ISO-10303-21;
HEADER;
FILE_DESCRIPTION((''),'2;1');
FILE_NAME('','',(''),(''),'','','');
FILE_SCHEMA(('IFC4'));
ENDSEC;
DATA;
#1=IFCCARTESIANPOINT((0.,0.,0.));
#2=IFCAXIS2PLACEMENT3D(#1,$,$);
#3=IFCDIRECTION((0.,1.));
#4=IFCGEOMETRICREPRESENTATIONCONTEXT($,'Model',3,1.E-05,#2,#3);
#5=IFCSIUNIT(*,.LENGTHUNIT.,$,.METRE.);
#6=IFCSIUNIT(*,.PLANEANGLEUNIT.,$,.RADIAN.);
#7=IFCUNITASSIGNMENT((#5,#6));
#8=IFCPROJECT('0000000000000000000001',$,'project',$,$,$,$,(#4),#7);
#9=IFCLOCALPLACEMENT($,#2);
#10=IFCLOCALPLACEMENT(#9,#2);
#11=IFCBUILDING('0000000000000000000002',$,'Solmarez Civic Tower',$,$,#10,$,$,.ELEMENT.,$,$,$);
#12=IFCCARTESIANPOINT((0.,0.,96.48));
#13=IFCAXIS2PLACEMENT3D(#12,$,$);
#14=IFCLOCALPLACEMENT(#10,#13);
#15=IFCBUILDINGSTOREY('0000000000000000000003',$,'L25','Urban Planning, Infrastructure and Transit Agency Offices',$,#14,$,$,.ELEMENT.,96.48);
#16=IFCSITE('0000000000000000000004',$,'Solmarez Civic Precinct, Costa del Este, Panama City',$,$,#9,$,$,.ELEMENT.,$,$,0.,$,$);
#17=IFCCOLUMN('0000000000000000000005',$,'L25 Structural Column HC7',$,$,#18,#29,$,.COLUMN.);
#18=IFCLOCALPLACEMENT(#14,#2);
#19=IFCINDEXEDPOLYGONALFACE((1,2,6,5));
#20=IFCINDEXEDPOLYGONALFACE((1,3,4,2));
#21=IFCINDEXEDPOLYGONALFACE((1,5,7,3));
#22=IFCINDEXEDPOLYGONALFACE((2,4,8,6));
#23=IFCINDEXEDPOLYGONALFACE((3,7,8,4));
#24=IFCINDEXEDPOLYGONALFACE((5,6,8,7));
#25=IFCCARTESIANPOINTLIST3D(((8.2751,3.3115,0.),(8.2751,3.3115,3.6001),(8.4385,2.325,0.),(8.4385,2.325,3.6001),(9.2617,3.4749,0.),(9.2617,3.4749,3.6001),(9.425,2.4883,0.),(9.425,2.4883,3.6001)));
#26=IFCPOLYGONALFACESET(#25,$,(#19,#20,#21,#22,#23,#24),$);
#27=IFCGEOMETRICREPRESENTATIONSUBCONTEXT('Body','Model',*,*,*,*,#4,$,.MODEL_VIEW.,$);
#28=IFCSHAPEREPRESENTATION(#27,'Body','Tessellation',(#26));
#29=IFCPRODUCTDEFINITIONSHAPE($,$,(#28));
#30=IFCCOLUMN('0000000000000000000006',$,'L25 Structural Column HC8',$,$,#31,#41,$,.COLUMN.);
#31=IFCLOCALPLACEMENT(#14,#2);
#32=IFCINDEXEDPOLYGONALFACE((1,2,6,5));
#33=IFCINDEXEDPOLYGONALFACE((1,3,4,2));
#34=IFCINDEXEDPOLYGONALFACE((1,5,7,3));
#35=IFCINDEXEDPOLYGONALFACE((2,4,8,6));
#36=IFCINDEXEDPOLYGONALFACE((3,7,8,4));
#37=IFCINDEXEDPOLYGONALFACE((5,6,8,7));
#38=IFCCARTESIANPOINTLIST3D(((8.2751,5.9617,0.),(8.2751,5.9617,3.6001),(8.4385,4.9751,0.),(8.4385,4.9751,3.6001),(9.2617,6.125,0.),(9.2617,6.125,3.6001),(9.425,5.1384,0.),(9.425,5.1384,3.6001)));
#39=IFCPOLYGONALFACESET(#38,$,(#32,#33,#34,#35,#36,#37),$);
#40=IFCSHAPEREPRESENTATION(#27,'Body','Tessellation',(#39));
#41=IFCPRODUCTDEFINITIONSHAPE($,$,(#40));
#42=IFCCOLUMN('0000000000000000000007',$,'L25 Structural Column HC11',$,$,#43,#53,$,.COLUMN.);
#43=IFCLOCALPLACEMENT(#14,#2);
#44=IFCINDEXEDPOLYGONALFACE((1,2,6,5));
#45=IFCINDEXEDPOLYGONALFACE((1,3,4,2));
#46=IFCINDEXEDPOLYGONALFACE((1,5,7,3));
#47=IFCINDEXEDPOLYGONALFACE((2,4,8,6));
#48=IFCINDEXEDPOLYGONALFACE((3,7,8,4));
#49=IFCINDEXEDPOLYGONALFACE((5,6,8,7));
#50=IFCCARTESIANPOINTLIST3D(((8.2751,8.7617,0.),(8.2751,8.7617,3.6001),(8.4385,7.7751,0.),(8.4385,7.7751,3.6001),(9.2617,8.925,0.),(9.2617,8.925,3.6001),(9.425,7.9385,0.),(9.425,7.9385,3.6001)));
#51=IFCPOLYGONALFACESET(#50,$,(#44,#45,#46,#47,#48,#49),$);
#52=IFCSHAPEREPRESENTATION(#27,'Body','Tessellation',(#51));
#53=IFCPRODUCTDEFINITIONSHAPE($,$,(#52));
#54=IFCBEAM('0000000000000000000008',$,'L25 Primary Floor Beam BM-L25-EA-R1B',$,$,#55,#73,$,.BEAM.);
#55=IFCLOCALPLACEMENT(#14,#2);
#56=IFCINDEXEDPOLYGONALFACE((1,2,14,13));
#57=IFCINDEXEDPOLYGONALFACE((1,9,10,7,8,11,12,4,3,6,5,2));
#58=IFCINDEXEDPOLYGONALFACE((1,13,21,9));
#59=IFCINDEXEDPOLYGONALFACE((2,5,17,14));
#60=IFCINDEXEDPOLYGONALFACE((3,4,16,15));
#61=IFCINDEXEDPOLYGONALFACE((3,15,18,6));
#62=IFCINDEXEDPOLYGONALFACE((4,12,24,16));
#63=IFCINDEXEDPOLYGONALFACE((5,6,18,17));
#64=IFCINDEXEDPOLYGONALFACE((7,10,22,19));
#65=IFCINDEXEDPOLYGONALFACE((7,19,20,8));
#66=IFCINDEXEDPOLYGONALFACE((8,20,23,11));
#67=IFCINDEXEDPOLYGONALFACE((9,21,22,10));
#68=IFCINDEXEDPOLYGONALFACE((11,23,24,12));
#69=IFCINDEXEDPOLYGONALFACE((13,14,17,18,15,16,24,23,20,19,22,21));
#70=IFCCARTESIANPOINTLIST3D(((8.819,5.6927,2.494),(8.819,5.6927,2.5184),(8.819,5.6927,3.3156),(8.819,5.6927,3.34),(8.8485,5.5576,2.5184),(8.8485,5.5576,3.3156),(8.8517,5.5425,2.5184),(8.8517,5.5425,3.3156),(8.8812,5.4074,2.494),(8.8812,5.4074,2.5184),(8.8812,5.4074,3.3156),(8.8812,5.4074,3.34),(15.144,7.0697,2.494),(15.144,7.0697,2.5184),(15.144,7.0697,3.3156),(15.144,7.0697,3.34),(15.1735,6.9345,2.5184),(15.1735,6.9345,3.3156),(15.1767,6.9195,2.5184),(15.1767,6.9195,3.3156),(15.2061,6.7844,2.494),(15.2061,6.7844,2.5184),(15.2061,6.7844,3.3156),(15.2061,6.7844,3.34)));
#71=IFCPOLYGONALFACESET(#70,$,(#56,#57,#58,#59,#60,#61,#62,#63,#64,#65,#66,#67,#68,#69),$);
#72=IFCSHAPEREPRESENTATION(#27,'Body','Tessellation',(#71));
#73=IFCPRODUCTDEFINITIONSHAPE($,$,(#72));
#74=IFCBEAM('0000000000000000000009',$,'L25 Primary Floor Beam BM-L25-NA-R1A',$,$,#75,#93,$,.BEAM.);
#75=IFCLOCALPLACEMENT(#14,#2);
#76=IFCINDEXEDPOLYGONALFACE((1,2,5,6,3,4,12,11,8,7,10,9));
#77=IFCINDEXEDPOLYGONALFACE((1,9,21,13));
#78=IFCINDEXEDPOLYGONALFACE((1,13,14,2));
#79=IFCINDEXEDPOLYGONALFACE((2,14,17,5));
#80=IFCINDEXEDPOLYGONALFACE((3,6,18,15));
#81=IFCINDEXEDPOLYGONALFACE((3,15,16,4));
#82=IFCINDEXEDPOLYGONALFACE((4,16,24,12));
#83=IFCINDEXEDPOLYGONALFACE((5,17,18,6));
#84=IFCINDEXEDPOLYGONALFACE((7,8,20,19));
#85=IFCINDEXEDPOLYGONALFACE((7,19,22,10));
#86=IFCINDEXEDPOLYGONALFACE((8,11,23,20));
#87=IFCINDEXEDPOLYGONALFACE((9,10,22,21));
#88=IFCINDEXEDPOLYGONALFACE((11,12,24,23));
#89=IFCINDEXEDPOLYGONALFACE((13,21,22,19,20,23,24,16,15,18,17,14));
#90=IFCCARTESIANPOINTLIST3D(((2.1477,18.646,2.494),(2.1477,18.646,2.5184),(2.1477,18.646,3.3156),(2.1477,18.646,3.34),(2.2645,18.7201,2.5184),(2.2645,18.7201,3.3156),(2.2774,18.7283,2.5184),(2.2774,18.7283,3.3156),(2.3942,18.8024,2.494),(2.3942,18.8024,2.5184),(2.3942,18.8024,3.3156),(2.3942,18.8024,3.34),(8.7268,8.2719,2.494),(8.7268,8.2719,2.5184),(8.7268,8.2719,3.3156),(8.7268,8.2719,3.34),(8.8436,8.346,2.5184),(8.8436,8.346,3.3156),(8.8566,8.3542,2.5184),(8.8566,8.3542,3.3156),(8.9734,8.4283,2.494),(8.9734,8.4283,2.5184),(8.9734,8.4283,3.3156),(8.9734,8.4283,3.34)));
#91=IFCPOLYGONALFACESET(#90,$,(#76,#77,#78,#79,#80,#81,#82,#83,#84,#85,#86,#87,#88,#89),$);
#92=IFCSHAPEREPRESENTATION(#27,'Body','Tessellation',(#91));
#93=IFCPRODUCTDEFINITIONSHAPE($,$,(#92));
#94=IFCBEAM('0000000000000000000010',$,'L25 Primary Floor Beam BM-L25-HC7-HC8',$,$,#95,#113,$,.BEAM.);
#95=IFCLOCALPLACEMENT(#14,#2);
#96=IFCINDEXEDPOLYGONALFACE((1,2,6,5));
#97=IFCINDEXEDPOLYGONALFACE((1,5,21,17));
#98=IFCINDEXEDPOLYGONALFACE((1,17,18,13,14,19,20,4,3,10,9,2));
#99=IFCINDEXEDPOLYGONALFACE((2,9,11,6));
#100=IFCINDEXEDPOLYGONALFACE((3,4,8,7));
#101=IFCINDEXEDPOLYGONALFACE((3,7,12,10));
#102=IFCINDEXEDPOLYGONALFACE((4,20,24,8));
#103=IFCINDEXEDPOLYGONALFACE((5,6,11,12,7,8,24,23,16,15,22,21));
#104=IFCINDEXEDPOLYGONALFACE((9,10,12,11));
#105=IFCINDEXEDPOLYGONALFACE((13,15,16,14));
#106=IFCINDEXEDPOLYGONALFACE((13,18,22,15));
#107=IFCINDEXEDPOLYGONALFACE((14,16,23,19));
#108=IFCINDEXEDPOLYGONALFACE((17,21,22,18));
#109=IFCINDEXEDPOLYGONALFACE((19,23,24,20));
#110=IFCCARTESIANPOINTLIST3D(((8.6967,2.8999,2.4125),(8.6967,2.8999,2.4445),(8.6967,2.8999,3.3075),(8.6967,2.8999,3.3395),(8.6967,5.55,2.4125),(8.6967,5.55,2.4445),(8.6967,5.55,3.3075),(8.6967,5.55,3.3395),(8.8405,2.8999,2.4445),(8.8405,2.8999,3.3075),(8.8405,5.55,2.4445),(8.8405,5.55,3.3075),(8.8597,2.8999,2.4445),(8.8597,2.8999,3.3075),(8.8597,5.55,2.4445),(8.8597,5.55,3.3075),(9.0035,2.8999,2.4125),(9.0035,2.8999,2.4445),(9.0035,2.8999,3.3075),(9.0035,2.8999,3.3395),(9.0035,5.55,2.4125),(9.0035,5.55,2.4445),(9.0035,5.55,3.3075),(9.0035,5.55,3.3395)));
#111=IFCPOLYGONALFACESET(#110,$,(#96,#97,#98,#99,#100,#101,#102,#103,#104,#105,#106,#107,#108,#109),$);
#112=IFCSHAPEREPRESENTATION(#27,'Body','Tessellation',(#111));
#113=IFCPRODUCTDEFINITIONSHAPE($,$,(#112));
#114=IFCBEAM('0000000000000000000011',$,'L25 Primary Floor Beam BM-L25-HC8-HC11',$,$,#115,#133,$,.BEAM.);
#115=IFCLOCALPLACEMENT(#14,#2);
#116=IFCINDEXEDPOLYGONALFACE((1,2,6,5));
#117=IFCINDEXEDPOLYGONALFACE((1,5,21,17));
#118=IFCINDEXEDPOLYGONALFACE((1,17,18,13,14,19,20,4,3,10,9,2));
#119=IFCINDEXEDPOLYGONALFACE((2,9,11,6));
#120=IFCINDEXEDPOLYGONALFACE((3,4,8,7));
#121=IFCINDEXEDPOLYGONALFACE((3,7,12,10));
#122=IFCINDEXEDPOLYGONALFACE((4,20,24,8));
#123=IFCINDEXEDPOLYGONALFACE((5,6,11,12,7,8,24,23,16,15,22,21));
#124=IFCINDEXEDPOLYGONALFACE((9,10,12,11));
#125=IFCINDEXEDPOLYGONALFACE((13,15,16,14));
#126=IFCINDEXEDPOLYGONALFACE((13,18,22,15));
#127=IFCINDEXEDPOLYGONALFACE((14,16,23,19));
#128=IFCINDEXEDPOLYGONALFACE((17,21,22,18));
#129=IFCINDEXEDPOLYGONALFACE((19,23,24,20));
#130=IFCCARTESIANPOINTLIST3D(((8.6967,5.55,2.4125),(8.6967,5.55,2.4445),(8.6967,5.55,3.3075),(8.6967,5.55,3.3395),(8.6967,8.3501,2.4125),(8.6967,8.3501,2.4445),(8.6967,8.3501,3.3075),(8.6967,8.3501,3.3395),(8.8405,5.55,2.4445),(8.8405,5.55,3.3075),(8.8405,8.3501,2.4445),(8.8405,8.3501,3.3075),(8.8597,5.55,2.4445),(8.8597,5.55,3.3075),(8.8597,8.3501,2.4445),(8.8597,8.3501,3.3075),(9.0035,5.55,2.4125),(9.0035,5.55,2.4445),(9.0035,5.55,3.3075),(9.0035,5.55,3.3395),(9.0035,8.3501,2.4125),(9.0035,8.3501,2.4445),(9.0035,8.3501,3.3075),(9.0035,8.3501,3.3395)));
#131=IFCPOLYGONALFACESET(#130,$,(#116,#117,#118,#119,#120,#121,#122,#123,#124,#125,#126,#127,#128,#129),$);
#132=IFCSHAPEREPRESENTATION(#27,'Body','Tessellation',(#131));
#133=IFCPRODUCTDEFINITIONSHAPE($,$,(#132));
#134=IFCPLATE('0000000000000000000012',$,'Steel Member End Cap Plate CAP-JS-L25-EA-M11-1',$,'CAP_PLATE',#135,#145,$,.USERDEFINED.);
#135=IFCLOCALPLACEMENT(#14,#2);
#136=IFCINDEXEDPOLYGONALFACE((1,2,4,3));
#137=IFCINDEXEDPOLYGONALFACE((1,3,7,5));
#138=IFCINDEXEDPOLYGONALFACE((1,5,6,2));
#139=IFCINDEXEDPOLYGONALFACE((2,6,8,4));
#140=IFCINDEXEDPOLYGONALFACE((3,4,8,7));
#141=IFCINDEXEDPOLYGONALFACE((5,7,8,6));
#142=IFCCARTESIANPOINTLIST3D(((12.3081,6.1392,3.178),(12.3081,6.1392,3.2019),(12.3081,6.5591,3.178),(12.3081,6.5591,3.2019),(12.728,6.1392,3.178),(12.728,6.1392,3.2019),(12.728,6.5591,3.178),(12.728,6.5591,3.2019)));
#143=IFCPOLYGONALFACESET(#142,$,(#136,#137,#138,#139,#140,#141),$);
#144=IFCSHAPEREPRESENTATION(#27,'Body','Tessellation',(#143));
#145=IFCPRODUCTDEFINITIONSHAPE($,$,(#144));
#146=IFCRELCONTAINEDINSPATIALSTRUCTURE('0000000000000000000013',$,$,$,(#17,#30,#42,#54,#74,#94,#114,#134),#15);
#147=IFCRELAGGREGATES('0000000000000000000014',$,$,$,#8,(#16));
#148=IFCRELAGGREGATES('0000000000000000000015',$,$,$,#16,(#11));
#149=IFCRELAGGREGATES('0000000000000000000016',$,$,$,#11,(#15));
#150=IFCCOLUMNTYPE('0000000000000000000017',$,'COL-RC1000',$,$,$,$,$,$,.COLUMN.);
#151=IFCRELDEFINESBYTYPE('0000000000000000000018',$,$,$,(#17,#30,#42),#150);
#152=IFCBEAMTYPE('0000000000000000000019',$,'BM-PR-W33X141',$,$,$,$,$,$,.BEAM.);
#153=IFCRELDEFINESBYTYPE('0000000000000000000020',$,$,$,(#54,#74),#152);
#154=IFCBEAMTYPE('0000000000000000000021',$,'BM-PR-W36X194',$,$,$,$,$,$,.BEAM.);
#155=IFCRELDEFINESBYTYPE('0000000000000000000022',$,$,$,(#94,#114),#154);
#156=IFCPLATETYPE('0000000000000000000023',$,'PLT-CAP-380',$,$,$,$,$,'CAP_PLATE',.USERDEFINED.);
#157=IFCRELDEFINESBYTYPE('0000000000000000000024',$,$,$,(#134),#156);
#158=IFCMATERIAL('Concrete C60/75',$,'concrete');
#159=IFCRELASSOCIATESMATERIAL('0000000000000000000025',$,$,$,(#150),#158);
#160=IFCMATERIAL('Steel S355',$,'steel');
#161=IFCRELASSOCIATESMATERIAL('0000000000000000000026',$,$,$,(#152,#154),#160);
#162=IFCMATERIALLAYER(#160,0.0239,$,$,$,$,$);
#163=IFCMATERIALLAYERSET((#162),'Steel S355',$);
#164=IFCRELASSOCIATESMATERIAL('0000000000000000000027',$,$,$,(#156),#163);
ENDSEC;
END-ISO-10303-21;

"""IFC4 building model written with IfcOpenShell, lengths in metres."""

from ifc_helpers import new_model, si_unit, direction, frame, origin, origin_2d, place, context, subcontext, project, spatial, rectangle, i_section, extrude, material, layer, layer_set, material_profile, profile_set, type_object, element, save


model = new_model("IFC4")

# Units and contexts
model_context = context("Model", 3, precision=1e-05, world=origin(), true_north=direction((0.0, 1.0)))
body_context = subcontext(model_context, "Body", "Model", "MODEL_VIEW")
ifc_project = project(units=[si_unit("LENGTHUNIT", "METRE"), si_unit("PLANEANGLEUNIT", "RADIAN")], contexts=[model_context])

# Site, building, storey
site_placement = place(None, origin())
site = spatial("IfcSite", under=ifc_project, at=site_placement, Name="Solmarez Civic Precinct, Costa del Este, Panama City", CompositionType="ELEMENT", RefElevation=0.0)
building_placement = place(site_placement, origin())
building = spatial("IfcBuilding", under=site, at=building_placement, Name="Solmarez Civic Tower", CompositionType="ELEMENT")
storey_placement = place(building_placement, frame((0.0, 0.0, 96.48)))
storey = spatial("IfcBuildingStorey", under=building, at=storey_placement, Name="L25", Description="Urban Planning, Infrastructure and Transit Agency Offices", CompositionType="ELEMENT", Elevation=96.48)

# Columns
ifc_material_1 = material(Name="Concrete C60/75", Category="concrete")
ifc_material_profile_1 = material_profile(ifc_material_1, rectangle(XDim=1.0, YDim=1.0, at=origin_2d()), Name="RC1000X1000")
ifc_profile_set_1 = profile_set([ifc_material_profile_1], Name="Concrete C60/75")
column_type = type_object("IfcColumnType", Name="COL-RC1000", PredefinedType="COLUMN", material=ifc_profile_set_1)
for number, where, z_axis, x_axis, name in (
    (1, (8.8501, 2.8999, 0.0), (0.0, 0.0, 1.0), (0.986572, 0.163326, 0.0), "L25 Structural Column HC7"),
    (2, (8.8501, 5.55, 0.0), (0.0, 0.0, 1.0), (0.986572, 0.163326, 0.0), "L25 Structural Column HC8"),
    (3, (8.8501, 8.3501, 0.0), (0.0, 0.0, 1.0), (0.986572, 0.163326, 0.0), "L25 Structural Column HC11"),
):
    element("IfcColumn", number, at=place(storey_placement, frame(where, z_axis=z_axis, x_axis=x_axis)), inside=storey, type_object=column_type, Name=name, PredefinedType="COLUMN", context=body_context, shape_type="SweptSolid", body=[
        extrude(rectangle(XDim=1.0, YDim=1.0, at=origin_2d()), origin(), (0.0, 0.0, 1.0), 3.6001),
    ])

# Beams
ifc_material_2 = material(Name="Steel S355", Category="steel")
ifc_material_profile_2 = material_profile(ifc_material_2, i_section(OverallWidth=0.292, OverallDepth=0.8459, WebThickness=0.0154, FlangeThickness=0.0244, at=origin_2d()), Name="W33X141")
ifc_profile_set_2 = profile_set([ifc_material_profile_2], Name="Steel S355")
beam_type_1 = type_object("IfcBeamType", Name="BM-PR-W33X141", PredefinedType="BEAM", material=ifc_profile_set_2)
beam_1_placement = place(storey_placement, frame((8.8501, 5.55, 2.917), z_axis=(0.977113, 0.212719, 0.0), x_axis=(-0.212719, 0.977113, 0.0)))
element("IfcBeam", 4, at=beam_1_placement, inside=storey, type_object=beam_type_1, Name="L25 Primary Floor Beam BM-L25-EA-R1B", PredefinedType="BEAM", context=body_context, shape_type="SweptSolid", body=[
    extrude(i_section(OverallWidth=0.292, OverallDepth=0.8459, WebThickness=0.0154, FlangeThickness=0.0244, at=origin_2d()), origin(), (0.0, 0.0, 1.0), 6.4731),
])
beam_2_placement = place(storey_placement, frame((8.8501, 8.3501, 2.917), z_axis=(-0.535568, 0.844492, 0.0), x_axis=(-0.844492, -0.535568, 0.0)))
element("IfcBeam", 5, at=beam_2_placement, inside=storey, type_object=beam_type_1, Name="L25 Primary Floor Beam BM-L25-NA-R1A", PredefinedType="BEAM", context=body_context, shape_type="SweptSolid", body=[
    extrude(i_section(OverallWidth=0.292, OverallDepth=0.8459, WebThickness=0.0154, FlangeThickness=0.0244, at=origin_2d()), origin(), (0.0, 0.0, 1.0), 12.2844),
])
ifc_material_profile_3 = material_profile(ifc_material_2, i_section(OverallWidth=0.3069, OverallDepth=0.927, WebThickness=0.0193, FlangeThickness=0.032, at=origin_2d()), Name="W36X194")
ifc_profile_set_3 = profile_set([ifc_material_profile_3], Name="Steel S355")
beam_type_2 = type_object("IfcBeamType", Name="BM-PR-W36X194", PredefinedType="BEAM", material=ifc_profile_set_3)
beam_3_placement = place(storey_placement, frame((8.8501, 2.8999, 2.876), z_axis=(0.0, 1.0, 0.0), x_axis=(-1.0, 0.0, 0.0)))
element("IfcBeam", 6, at=beam_3_placement, inside=storey, type_object=beam_type_2, Name="L25 Primary Floor Beam BM-L25-HC7-HC8", PredefinedType="BEAM", context=body_context, shape_type="SweptSolid", body=[
    extrude(i_section(OverallWidth=0.3069, OverallDepth=0.927, WebThickness=0.0193, FlangeThickness=0.032, at=origin_2d()), origin(), (0.0, 0.0, 1.0), 2.6501),
])
beam_4_placement = place(storey_placement, frame((8.8501, 5.55, 2.876), z_axis=(0.0, 1.0, 0.0), x_axis=(-1.0, 0.0, 0.0)))
element("IfcBeam", 7, at=beam_4_placement, inside=storey, type_object=beam_type_2, Name="L25 Primary Floor Beam BM-L25-HC8-HC11", PredefinedType="BEAM", context=body_context, shape_type="SweptSolid", body=[
    extrude(i_section(OverallWidth=0.3069, OverallDepth=0.927, WebThickness=0.0193, FlangeThickness=0.032, at=origin_2d()), origin(), (0.0, 0.0, 1.0), 2.8),
])

# Plate
ifc_layer_1 = layer(ifc_material_2, 0.0239)
ifc_layer_set_1 = layer_set([ifc_layer_1], Name="Steel S355")
plate_type = type_object("IfcPlateType", Name="PLT-CAP-380", ElementType="CAP_PLATE", PredefinedType="USERDEFINED", material=ifc_layer_set_1)
plate_placement = place(storey_placement, frame((12.5181, 6.3491, 3.178), z_axis=(0.0, 0.0, 1.0), x_axis=(1.0, 0.0, 0.0)))
element("IfcPlate", 8, at=plate_placement, inside=storey, type_object=plate_type, Name="Steel Member End Cap Plate CAP-JS-L25-EA-M11-1", ObjectType="CAP_PLATE", PredefinedType="USERDEFINED", context=body_context, shape_type="SweptSolid", body=[
    extrude(rectangle(XDim=0.4199, YDim=0.4199, at=origin_2d()), origin(), (0.0, 0.0, 1.0), 0.0239),
])

save(model, "model.ifc")
